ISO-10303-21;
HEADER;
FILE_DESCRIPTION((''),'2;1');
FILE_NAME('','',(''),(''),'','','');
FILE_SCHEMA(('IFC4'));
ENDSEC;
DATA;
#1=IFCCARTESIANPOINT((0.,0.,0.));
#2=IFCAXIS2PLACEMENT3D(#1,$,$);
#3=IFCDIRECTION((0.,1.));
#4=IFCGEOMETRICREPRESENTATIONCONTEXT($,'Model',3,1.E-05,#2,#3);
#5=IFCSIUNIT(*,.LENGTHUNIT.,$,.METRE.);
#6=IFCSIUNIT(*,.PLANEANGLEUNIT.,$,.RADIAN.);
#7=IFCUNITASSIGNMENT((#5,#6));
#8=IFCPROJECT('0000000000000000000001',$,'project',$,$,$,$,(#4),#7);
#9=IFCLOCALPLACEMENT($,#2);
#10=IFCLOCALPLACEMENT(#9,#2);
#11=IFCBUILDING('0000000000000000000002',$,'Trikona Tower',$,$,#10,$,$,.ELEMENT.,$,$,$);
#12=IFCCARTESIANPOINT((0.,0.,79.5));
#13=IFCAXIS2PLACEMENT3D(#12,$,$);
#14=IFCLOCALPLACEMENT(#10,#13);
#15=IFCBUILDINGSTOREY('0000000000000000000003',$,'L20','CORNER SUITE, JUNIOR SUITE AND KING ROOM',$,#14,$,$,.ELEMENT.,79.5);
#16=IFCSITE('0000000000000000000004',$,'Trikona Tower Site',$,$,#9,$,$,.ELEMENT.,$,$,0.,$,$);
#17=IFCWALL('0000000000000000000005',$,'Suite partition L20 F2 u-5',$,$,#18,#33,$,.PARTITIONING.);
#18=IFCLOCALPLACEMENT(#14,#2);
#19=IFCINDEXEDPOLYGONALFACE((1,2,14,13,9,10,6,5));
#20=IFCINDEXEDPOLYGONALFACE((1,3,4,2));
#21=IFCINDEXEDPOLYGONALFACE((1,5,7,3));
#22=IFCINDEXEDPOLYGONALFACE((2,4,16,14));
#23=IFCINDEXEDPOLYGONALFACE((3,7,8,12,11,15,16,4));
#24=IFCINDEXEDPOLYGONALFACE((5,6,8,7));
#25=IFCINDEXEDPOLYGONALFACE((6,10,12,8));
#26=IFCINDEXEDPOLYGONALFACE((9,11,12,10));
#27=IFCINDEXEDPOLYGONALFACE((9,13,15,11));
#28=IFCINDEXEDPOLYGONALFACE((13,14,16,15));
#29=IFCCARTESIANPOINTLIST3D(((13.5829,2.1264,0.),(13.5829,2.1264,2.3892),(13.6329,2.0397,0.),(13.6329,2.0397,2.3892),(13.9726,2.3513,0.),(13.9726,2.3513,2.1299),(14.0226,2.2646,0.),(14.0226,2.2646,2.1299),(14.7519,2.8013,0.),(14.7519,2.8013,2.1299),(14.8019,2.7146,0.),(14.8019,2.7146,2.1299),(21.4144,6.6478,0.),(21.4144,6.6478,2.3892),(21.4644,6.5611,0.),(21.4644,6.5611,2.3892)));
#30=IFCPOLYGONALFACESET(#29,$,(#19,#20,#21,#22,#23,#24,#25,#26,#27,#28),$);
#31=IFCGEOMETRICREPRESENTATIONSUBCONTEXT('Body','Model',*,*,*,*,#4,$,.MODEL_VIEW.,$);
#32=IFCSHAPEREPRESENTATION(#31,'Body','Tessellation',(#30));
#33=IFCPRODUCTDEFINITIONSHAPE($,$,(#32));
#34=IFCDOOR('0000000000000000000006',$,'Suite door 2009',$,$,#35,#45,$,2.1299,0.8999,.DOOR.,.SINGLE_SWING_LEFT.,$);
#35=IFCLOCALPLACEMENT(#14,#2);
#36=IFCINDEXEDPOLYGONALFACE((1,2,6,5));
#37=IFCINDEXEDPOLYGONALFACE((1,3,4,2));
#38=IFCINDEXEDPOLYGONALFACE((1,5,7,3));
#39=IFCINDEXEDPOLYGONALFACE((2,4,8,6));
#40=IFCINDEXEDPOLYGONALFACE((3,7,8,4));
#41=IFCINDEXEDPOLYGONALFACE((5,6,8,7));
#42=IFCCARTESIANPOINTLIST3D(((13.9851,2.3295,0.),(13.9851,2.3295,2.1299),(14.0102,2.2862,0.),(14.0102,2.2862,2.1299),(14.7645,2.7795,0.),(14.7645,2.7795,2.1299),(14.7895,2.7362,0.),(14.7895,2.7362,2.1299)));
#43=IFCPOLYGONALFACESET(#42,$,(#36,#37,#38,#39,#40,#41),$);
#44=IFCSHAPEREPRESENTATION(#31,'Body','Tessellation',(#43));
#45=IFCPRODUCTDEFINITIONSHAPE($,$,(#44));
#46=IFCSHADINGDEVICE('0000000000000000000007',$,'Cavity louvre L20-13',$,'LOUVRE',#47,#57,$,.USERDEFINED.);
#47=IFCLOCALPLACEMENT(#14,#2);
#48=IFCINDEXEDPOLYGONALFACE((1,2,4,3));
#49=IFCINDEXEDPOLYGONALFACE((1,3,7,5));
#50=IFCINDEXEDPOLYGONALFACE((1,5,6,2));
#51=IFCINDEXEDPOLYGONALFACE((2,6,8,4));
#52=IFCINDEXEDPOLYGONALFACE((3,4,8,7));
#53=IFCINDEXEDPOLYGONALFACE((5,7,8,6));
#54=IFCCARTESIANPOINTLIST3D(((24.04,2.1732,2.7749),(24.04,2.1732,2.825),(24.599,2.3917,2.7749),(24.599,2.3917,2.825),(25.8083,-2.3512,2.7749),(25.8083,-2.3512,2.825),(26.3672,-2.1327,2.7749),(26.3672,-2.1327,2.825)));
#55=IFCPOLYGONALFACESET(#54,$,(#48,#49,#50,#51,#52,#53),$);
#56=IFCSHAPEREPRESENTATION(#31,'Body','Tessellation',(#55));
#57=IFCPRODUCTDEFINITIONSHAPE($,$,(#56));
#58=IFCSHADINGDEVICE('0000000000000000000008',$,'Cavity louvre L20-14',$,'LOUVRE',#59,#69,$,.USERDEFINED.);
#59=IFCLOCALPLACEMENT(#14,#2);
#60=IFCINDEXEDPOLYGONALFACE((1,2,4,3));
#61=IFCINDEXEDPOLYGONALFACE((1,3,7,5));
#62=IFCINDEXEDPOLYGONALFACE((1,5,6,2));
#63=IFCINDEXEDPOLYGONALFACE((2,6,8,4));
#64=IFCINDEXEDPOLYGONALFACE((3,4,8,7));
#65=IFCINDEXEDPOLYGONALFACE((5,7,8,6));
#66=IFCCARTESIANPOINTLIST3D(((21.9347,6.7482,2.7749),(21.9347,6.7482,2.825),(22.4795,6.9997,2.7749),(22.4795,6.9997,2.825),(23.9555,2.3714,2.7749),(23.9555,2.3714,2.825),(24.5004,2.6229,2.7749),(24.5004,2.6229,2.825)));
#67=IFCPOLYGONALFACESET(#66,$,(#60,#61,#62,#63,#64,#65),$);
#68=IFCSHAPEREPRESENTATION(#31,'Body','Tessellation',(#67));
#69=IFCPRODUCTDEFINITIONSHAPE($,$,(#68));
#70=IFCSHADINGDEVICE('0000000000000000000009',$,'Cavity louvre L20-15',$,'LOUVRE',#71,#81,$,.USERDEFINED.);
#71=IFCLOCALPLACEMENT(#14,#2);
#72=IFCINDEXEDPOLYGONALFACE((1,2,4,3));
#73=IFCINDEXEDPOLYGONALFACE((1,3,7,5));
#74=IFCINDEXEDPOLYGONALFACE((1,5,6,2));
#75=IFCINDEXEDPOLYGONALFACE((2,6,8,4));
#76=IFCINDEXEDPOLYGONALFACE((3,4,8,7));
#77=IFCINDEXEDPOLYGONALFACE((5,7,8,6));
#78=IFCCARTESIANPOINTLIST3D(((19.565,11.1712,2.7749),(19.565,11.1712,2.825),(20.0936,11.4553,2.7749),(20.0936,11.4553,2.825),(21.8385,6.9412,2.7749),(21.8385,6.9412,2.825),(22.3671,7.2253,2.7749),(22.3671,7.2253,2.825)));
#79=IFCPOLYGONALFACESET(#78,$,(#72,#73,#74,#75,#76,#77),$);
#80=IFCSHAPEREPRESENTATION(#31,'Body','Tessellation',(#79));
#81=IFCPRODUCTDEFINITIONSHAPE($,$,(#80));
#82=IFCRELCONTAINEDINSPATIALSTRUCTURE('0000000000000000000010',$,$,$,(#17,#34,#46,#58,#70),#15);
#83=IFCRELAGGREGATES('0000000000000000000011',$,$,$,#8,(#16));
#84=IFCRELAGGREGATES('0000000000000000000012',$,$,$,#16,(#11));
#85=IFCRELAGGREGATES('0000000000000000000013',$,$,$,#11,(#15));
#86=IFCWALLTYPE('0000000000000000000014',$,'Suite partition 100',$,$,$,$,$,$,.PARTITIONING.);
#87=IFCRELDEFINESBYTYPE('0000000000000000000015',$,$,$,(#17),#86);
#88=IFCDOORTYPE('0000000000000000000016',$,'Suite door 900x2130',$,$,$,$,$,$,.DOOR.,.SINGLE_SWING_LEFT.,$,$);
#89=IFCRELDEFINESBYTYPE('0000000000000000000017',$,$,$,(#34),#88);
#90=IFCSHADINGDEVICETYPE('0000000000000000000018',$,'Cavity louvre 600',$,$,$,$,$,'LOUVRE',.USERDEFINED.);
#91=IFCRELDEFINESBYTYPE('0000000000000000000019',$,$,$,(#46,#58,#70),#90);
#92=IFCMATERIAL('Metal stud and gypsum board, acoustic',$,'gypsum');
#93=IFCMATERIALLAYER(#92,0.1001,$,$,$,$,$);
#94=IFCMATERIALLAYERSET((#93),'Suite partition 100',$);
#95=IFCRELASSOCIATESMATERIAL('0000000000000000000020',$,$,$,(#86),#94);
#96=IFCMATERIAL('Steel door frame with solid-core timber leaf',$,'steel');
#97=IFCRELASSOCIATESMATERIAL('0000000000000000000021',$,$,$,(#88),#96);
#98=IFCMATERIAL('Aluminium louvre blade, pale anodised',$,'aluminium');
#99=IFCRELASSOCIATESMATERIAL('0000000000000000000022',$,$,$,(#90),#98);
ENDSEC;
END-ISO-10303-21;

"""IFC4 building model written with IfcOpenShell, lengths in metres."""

from ifc_helpers import new_model, si_unit, direction, frame, frame_2d, origin, origin_2d, place, context, subcontext, project, spatial, rectangle, extrude, material, layer, layer_set, type_object, element, fill, save


model = new_model("IFC4")

# Units and contexts
model_context = context("Model", 3, precision=1e-05, world=origin(), true_north=direction((0.0, 1.0)))
body_context = subcontext(model_context, "Body", "Model", "MODEL_VIEW")
ifc_project = project(units=[si_unit("LENGTHUNIT", "METRE"), si_unit("PLANEANGLEUNIT", "RADIAN")], contexts=[model_context])

# Site, building, storey
site_placement = place(None, origin())
site = spatial("IfcSite", under=ifc_project, at=site_placement, Name="Trikona Tower Site", CompositionType="ELEMENT", RefElevation=0.0)
building_placement = place(site_placement, origin())
building = spatial("IfcBuilding", under=site, at=building_placement, Name="Trikona Tower", CompositionType="ELEMENT")
storey_placement = place(building_placement, frame((0.0, 0.0, 79.5)))
storey = spatial("IfcBuildingStorey", under=building, at=storey_placement, Name="L20", Description="CORNER SUITE, JUNIOR SUITE AND KING ROOM", CompositionType="ELEMENT", Elevation=79.5)

# Wall, opening, door
ifc_material_1 = material(Name="Metal stud and gypsum board, acoustic", Category="gypsum")
ifc_layer_1 = layer(ifc_material_1, 0.1001)
ifc_layer_set_1 = layer_set([ifc_layer_1], Name="Suite partition 100")
wall_type_1 = type_object("IfcWallType", Name="Suite partition 100", PredefinedType="PARTITIONING", material=ifc_layer_set_1)
wall_1_placement = place(storey_placement, frame((13.6079, 2.083, 0.0), z_axis=(0.0, 0.0, 1.0), x_axis=(0.866028, 0.499995, 0.0)))
wall_1 = element("IfcWall", 1, at=wall_1_placement, inside=storey, type_object=wall_type_1, Name="Suite partition L20 F2 u-5", PredefinedType="PARTITIONING", context=body_context, shape_type="SweptSolid", body=[
    extrude(rectangle(XDim=9.043, YDim=0.1001, at=frame_2d((4.5215, 0.0))), origin(), (0.0, 0.0, 1.0), 2.3892),
])
opening_1_placement = place(wall_1_placement, frame((0.45, 0.0, 0.0)))
opening_1 = element("IfcOpeningElement", 2, at=opening_1_placement, cuts=wall_1, PredefinedType="OPENING", context=body_context, shape_type="SweptSolid", body=[
    extrude(rectangle(XDim=0.8999, YDim=2.1299, at=frame_2d((0.45, 1.0649))), frame((0.0, 0.0601, 0.0), z_axis=(0.0, -1.0, 0.0), x_axis=(1.0, 0.0, 0.0)), (0.0, 0.0, 1.0), 0.1201),
])
ifc_material_2 = material(Name="Steel door frame with solid-core timber leaf", Category="steel")
door_type = type_object("IfcDoorType", Name="Suite door 900x2130", OperationType="SINGLE_SWING_LEFT", PredefinedType="DOOR", material=ifc_material_2)
door_placement = place(opening_1_placement, origin())
door = element("IfcDoor", 3, at=door_placement, inside=storey, type_object=door_type, Name="Suite door 2009", OperationType="SINGLE_SWING_LEFT", OverallHeight=2.1299, OverallWidth=0.8999, PredefinedType="DOOR", context=body_context, shape_type="SweptSolid", body=[
    extrude(rectangle(XDim=0.8999, YDim=2.1299, at=frame_2d((0.45, 1.0649))), frame((0.0, 0.0249, 0.0), z_axis=(0.0, -1.0, 0.0), x_axis=(1.0, 0.0, 0.0)), (0.0, 0.0, 1.0), 0.05),
])
fill(opening_1, door)

# Shading devices
ifc_material_3 = material(Name="Aluminium louvre blade, pale anodised", Category="aluminium")
shading_device_type = type_object("IfcShadingDeviceType", Name="Cavity louvre 600", ElementType="LOUVRE", PredefinedType="USERDEFINED", material=ifc_material_3)
shading_device_1_placement = place(storey_placement, frame((25.2036, 0.0203, 2.7749), z_axis=(0.0, 0.0, 1.0), x_axis=(-0.364009, 0.931395, 0.0)))
element("IfcShadingDevice", 4, at=shading_device_1_placement, inside=storey, type_object=shading_device_type, Name="Cavity louvre L20-13", ObjectType="LOUVRE", PredefinedType="USERDEFINED", context=body_context, shape_type="SweptSolid", body=[
    extrude(rectangle(XDim=4.8577, YDim=0.6001, at=origin_2d()), origin(), (0.0, 0.0, 1.0), 0.05),
])
shading_device_2_placement = place(storey_placement, frame((23.2175, 4.6855, 2.7749), z_axis=(0.0, 0.0, 1.0), x_axis=(-0.419194, 0.907897, 0.0)))
element("IfcShadingDevice", 5, at=shading_device_2_placement, inside=storey, type_object=shading_device_type, Name="Cavity louvre L20-14", ObjectType="LOUVRE", PredefinedType="USERDEFINED", context=body_context, shape_type="SweptSolid", body=[
    extrude(rectangle(XDim=4.8208, YDim=0.6001, at=origin_2d()), origin(), (0.0, 0.0, 1.0), 0.05),
])
shading_device_3_placement = place(storey_placement, frame((20.9661, 9.1982, 2.7749), z_axis=(0.0, 0.0, 1.0), x_axis=(-0.473423, 0.880835, 0.0)))
element("IfcShadingDevice", 6, at=shading_device_3_placement, inside=storey, type_object=shading_device_type, Name="Cavity louvre L20-15", ObjectType="LOUVRE", PredefinedType="USERDEFINED", context=body_context, shape_type="SweptSolid", body=[
    extrude(rectangle(XDim=4.8022, YDim=0.6001, at=origin_2d()), origin(), (0.0, 0.0, 1.0), 0.05),
])

save(model, "model.ifc")
